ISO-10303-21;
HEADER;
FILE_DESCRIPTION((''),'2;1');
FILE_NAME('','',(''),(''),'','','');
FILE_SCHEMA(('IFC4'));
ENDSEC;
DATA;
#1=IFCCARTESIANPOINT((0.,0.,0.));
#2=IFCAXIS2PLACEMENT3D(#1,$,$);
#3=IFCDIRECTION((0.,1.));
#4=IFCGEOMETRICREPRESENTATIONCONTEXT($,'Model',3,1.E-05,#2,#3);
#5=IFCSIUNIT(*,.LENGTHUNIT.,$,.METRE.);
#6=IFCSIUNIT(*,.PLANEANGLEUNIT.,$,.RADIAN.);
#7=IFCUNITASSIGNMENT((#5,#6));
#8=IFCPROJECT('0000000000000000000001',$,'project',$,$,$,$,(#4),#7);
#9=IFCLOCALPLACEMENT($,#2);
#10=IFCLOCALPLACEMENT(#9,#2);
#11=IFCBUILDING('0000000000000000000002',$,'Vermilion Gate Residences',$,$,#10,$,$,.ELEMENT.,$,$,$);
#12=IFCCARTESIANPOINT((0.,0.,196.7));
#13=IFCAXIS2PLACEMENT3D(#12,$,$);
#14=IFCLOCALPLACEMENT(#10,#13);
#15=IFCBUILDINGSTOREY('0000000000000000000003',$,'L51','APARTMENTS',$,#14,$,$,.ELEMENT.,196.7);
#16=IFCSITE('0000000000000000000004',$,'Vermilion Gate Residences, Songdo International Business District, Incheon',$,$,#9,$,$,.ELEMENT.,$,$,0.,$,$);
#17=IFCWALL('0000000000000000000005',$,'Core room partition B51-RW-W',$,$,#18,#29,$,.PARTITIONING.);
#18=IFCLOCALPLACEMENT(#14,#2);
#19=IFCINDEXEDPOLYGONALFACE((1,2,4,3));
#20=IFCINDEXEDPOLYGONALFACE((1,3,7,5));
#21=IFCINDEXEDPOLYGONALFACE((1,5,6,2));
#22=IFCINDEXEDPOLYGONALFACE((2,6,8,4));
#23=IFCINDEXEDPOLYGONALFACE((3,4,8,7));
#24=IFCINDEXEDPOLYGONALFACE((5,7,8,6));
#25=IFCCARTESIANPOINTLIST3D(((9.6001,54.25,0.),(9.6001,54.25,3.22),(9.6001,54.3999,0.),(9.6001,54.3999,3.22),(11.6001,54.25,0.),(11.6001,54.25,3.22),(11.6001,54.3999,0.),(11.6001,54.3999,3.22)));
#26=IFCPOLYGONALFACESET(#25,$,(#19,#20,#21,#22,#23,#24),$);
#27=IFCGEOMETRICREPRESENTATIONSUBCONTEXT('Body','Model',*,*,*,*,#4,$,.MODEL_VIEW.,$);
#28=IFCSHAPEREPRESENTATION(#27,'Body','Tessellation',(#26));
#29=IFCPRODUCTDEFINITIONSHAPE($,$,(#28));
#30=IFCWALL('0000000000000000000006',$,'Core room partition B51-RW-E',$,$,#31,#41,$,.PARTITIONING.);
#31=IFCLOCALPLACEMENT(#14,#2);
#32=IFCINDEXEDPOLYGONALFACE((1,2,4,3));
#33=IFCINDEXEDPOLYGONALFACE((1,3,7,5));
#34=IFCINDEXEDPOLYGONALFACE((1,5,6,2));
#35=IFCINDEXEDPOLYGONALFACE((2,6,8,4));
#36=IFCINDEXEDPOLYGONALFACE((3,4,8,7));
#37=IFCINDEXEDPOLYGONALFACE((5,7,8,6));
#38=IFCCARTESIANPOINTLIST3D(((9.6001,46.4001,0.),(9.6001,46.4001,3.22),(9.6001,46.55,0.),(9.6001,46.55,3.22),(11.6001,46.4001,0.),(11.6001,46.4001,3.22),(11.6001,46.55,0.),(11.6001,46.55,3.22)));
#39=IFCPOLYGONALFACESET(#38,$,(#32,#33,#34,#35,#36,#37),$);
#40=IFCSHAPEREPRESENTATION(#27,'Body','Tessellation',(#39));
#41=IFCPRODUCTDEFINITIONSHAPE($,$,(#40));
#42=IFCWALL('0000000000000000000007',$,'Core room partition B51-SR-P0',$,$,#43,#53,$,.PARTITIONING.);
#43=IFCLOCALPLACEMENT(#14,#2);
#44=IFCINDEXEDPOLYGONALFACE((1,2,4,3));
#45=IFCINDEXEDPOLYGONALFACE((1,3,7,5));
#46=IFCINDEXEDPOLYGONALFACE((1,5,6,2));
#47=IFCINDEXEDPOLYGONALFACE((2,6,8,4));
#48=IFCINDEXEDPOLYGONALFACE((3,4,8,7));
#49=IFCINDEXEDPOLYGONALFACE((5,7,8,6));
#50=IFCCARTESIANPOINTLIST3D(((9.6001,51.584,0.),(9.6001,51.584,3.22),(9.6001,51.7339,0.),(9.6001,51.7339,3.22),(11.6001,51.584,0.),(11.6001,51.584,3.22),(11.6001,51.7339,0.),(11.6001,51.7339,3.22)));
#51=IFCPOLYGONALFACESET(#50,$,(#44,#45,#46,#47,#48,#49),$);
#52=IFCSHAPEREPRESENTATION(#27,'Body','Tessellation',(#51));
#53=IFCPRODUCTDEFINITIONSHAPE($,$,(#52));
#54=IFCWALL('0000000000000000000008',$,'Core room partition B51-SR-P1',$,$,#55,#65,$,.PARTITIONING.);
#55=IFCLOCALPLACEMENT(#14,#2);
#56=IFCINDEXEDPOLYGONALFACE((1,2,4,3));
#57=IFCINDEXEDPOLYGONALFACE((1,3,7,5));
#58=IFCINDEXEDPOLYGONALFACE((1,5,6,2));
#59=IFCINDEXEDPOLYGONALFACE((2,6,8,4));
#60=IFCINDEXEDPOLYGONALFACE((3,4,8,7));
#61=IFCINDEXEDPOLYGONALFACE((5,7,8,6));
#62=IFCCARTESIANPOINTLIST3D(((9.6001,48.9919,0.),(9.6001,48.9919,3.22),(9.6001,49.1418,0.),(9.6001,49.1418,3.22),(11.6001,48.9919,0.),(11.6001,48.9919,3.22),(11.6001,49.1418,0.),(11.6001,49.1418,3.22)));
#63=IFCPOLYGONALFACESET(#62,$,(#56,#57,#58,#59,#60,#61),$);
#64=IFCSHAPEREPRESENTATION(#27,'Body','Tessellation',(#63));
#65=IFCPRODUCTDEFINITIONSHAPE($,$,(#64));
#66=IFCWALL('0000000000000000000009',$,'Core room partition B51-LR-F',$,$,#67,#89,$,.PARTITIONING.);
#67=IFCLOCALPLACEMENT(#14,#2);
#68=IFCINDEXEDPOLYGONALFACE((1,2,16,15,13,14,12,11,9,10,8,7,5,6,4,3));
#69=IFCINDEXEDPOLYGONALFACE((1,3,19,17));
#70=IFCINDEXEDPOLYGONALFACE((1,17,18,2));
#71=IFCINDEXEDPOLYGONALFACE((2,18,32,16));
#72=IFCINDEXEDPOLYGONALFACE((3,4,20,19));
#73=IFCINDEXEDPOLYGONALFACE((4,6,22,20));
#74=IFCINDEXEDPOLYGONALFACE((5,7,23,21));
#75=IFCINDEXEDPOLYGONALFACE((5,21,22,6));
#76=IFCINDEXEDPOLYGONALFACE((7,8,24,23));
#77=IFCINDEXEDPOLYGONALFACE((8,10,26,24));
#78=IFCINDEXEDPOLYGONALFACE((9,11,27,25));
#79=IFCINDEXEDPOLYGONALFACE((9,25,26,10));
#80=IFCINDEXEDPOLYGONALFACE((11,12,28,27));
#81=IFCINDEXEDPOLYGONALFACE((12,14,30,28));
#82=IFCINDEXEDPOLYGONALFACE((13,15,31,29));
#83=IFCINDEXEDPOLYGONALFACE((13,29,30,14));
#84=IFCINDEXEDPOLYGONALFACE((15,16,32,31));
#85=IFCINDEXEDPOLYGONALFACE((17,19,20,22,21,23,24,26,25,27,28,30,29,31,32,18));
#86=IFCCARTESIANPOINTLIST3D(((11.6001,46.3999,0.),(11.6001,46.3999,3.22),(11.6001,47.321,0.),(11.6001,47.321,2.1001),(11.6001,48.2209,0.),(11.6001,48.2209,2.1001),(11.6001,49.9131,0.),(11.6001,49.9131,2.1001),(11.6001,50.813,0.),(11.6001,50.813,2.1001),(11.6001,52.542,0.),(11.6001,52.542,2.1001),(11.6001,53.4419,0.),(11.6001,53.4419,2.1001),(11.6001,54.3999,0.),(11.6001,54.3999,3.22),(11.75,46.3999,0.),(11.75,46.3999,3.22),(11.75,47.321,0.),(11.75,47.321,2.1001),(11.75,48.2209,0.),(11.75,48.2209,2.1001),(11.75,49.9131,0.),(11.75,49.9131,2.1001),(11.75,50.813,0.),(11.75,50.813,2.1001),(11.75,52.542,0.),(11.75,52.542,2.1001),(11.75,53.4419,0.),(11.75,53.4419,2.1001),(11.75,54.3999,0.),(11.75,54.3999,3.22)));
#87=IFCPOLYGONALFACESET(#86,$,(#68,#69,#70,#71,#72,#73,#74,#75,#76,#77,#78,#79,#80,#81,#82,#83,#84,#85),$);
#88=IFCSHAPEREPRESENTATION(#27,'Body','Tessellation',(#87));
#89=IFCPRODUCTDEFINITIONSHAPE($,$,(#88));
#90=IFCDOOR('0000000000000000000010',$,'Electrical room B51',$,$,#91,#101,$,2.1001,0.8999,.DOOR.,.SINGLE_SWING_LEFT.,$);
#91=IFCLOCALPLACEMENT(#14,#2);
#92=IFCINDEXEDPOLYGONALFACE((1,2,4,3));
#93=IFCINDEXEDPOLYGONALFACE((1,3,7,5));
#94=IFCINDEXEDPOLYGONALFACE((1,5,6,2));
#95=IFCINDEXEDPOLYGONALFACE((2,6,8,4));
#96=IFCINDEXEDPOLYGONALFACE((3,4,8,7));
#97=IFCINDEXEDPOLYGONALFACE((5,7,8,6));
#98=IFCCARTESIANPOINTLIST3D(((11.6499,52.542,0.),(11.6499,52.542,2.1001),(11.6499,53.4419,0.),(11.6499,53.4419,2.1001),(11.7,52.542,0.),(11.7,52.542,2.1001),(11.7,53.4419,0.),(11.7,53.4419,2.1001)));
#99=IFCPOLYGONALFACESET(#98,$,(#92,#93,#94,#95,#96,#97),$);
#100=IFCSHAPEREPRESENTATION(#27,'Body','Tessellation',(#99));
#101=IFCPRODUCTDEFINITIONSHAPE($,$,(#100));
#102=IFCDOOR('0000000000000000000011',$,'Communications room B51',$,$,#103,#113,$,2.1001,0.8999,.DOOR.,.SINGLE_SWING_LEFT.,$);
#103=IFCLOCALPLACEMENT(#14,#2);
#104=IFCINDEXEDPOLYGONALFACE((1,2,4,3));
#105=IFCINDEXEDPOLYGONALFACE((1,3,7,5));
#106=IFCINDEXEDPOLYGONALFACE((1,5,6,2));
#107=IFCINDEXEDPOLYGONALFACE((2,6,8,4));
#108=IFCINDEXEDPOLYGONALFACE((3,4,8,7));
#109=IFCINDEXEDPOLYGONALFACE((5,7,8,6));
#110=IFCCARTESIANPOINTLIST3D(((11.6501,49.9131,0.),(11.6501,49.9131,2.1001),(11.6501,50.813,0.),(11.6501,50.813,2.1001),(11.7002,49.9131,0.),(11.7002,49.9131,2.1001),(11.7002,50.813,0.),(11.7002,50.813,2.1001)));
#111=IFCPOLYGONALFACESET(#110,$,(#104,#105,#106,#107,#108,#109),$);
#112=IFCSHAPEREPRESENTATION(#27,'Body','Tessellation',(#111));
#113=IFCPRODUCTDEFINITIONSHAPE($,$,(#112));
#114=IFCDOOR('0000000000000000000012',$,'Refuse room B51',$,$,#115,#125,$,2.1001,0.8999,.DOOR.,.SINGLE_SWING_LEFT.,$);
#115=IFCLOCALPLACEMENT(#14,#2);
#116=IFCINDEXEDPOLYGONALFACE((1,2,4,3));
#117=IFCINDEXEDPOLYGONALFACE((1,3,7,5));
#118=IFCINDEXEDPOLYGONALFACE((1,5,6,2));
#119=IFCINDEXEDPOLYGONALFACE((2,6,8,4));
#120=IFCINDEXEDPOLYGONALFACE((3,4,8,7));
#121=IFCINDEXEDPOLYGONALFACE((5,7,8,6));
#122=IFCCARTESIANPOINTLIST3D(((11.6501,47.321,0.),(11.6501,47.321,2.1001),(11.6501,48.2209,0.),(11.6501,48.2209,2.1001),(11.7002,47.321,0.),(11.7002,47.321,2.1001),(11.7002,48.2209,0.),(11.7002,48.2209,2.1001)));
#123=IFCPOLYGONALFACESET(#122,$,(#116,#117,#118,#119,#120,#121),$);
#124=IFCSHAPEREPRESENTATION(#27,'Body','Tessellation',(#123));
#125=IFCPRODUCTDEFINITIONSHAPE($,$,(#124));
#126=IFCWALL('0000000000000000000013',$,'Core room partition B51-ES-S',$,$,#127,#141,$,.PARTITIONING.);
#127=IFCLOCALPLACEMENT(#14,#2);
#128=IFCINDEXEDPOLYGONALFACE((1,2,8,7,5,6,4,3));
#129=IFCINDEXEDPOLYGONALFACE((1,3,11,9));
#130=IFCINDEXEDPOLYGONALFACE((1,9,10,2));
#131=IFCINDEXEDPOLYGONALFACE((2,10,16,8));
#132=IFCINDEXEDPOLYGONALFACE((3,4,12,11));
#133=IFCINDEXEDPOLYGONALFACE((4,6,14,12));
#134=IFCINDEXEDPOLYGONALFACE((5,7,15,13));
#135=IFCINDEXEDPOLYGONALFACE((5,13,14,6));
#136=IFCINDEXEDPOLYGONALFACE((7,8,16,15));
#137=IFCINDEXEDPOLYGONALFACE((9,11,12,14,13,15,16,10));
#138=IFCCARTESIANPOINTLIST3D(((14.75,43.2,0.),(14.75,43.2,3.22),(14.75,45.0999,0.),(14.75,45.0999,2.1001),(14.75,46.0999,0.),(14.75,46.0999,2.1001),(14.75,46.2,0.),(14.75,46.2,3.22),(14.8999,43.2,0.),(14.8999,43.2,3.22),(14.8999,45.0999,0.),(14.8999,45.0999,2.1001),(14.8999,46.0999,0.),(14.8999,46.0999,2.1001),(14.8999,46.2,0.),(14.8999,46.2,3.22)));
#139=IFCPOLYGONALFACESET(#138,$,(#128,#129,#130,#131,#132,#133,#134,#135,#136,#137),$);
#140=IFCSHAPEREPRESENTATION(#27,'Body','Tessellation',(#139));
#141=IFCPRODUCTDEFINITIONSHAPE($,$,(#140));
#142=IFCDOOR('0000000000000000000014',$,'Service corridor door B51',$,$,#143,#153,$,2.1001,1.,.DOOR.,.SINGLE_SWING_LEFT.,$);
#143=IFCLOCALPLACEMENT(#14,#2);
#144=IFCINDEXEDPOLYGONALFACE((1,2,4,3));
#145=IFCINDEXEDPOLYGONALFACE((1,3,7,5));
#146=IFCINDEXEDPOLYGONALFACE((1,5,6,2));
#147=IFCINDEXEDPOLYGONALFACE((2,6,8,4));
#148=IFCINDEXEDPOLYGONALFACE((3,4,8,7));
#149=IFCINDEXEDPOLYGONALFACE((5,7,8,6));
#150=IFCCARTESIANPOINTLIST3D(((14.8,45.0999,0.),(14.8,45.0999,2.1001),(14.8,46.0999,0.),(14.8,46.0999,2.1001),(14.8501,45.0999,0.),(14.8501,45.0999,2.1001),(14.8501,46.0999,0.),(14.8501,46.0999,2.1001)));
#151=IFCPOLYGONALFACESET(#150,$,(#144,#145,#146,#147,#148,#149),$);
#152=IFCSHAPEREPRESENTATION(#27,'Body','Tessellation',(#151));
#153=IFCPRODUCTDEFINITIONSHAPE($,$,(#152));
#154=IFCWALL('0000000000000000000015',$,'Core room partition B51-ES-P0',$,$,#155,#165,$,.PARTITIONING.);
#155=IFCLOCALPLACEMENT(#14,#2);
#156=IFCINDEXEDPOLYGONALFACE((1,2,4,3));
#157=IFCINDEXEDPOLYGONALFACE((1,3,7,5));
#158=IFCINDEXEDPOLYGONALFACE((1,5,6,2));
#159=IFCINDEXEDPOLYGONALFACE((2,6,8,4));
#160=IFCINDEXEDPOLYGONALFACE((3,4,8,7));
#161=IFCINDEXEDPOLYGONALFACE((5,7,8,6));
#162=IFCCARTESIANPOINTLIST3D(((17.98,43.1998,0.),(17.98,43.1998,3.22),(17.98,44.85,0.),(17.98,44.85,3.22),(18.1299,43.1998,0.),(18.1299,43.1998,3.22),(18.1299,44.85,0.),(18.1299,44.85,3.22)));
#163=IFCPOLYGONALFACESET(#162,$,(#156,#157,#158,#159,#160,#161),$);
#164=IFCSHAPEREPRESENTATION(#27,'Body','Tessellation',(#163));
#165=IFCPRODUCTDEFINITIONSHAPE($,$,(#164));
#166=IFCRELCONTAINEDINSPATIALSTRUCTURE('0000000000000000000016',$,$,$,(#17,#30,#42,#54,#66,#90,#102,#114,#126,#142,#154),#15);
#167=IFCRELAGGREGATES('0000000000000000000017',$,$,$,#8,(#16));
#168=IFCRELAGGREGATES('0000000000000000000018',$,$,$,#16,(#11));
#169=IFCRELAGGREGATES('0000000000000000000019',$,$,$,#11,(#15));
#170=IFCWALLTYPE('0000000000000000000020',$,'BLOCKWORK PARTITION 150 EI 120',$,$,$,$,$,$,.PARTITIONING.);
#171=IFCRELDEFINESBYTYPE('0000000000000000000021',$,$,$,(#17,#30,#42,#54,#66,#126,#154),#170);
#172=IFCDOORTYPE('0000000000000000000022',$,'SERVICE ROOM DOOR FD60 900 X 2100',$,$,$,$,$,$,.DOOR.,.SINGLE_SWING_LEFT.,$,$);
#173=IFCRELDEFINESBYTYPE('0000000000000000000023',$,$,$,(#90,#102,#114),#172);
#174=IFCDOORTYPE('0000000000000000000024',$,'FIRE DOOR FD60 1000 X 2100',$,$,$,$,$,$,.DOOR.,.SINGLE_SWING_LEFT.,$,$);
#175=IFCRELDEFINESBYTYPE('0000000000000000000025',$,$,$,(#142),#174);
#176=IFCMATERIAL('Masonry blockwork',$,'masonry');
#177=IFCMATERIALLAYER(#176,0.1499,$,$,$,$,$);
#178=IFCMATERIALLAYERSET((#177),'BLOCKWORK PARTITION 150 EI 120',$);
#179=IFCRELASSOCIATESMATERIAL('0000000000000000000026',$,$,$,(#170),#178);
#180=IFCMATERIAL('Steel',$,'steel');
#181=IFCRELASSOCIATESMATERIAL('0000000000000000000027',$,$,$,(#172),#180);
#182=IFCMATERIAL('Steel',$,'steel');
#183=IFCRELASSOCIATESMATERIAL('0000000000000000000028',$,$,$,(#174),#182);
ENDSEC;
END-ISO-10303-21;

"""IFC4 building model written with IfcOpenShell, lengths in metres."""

from ifc_helpers import new_model, si_unit, direction, frame, frame_2d, origin, place, context, subcontext, project, spatial, rectangle, extrude, material, layer, layer_set, type_object, element, fill, save


model = new_model("IFC4")

# Units and contexts
model_context = context("Model", 3, precision=1e-05, world=origin(), true_north=direction((0.0, 1.0)))
body_context = subcontext(model_context, "Body", "Model", "MODEL_VIEW")
ifc_project = project(units=[si_unit("LENGTHUNIT", "METRE"), si_unit("PLANEANGLEUNIT", "RADIAN")], contexts=[model_context])

# Site, building, storey
site_placement = place(None, origin())
site = spatial("IfcSite", under=ifc_project, at=site_placement, Name="Vermilion Gate Residences, Songdo International Business District, Incheon", CompositionType="ELEMENT", RefElevation=0.0)
building_placement = place(site_placement, origin())
building = spatial("IfcBuilding", under=site, at=building_placement, Name="Vermilion Gate Residences", CompositionType="ELEMENT")
storey_placement = place(building_placement, frame((0.0, 0.0, 196.7)))
storey = spatial("IfcBuildingStorey", under=building, at=storey_placement, Name="L51", Description="APARTMENTS", CompositionType="ELEMENT", Elevation=196.7)

# Walls
ifc_material_1 = material(Name="Masonry blockwork", Category="masonry")
ifc_layer_1 = layer(ifc_material_1, 0.1499)
ifc_layer_set_1 = layer_set([ifc_layer_1], Name="BLOCKWORK PARTITION 150 EI 120")
wall_type_1 = type_object("IfcWallType", Name="BLOCKWORK PARTITION 150 EI 120", PredefinedType="PARTITIONING", material=ifc_layer_set_1)
for number, where, z_axis, x_axis, name in (
    (1, (9.6001, 54.325, 0.0), (0.0, 0.0, 1.0), (1.0, 0.0, 0.0), "Core room partition B51-RW-W"),
    (2, (9.6001, 46.4751, 0.0), (0.0, 0.0, 1.0), (1.0, 0.0, 0.0), "Core room partition B51-RW-E"),
    (3, (9.6001, 51.6589, 0.0), (0.0, 0.0, 1.0), (1.0, 0.0, 0.0), "Core room partition B51-SR-P0"),
    (4, (9.6001, 49.0669, 0.0), (0.0, 0.0, 1.0), (1.0, 0.0, 0.0), "Core room partition B51-SR-P1"),
):
    element("IfcWall", number, at=place(storey_placement, frame(where, z_axis=z_axis, x_axis=x_axis)), inside=storey, type_object=wall_type_1, Name=name, PredefinedType="PARTITIONING", context=body_context, shape_type="SweptSolid", body=[
        extrude(rectangle(XDim=2.0, YDim=0.1499, at=frame_2d((1.0, 0.0))), origin(), (0.0, 0.0, 1.0), 3.22),
    ])

# Wall, openings, doors
wall_1_placement = place(storey_placement, frame((11.675, 54.3999, 0.0), z_axis=(0.0, 0.0, 1.0), x_axis=(0.0, -1.0, 0.0)))
wall_1 = element("IfcWall", 5, at=wall_1_placement, inside=storey, type_object=wall_type_1, Name="Core room partition B51-LR-F", PredefinedType="PARTITIONING", context=body_context, shape_type="SweptSolid", body=[
    extrude(rectangle(XDim=8.0, YDim=0.1499, at=frame_2d((4.0, 0.0))), origin(), (0.0, 0.0, 1.0), 3.22),
])
opening_1_placement = place(wall_1_placement, frame((0.958, 0.0, 0.0)))
opening_1 = element("IfcOpeningElement", 6, at=opening_1_placement, cuts=wall_1, PredefinedType="OPENING", context=body_context, shape_type="SweptSolid", body=[
    extrude(rectangle(XDim=0.8999, YDim=2.1001, at=frame_2d((0.45, 1.05))), frame((0.0, 0.085, 0.0), z_axis=(0.0, -1.0, 0.0), x_axis=(1.0, 0.0, 0.0)), (0.0, 0.0, 1.0), 0.1699),
])
opening_2_placement = place(wall_1_placement, frame((3.5869, 0.0, 0.0)))
opening_2 = element("IfcOpeningElement", 7, at=opening_2_placement, cuts=wall_1, PredefinedType="OPENING", context=body_context, shape_type="SweptSolid", body=[
    extrude(rectangle(XDim=0.8999, YDim=2.1001, at=frame_2d((0.45, 1.05))), frame((0.0, 0.085, 0.0), z_axis=(0.0, -1.0, 0.0), x_axis=(1.0, 0.0, 0.0)), (0.0, 0.0, 1.0), 0.1699),
])
opening_3_placement = place(wall_1_placement, frame((6.179, 0.0, 0.0)))
opening_3 = element("IfcOpeningElement", 8, at=opening_3_placement, cuts=wall_1, PredefinedType="OPENING", context=body_context, shape_type="SweptSolid", body=[
    extrude(rectangle(XDim=0.8999, YDim=2.1001, at=frame_2d((0.45, 1.05))), frame((0.0, 0.085, 0.0), z_axis=(0.0, -1.0, 0.0), x_axis=(1.0, 0.0, 0.0)), (0.0, 0.0, 1.0), 0.1699),
])
ifc_material_2 = material(Name="Steel", Category="steel")
door_type_1 = type_object("IfcDoorType", Name="SERVICE ROOM DOOR FD60 900 X 2100", OperationType="SINGLE_SWING_LEFT", PredefinedType="DOOR", material=ifc_material_2)
door_1_placement = place(opening_1_placement, origin())
door_1 = element("IfcDoor", 9, at=door_1_placement, inside=storey, type_object=door_type_1, Name="Electrical room B51", OperationType="SINGLE_SWING_LEFT", OverallHeight=2.1001, OverallWidth=0.8999, PredefinedType="DOOR", context=body_context, shape_type="SweptSolid", body=[
    extrude(rectangle(XDim=0.8999, YDim=2.1001, at=frame_2d((0.45, 1.05))), frame((0.0, 0.0249, 0.0), z_axis=(0.0, -1.0, 0.0), x_axis=(1.0, 0.0, 0.0)), (0.0, 0.0, 1.0), 0.05),
])
fill(opening_1, door_1)
door_2_placement = place(opening_2_placement, frame((0.8999, 0.0, 0.0), z_axis=(0.0, 0.0, 1.0), x_axis=(-1.0, 0.0, 0.0)))
door_2 = element("IfcDoor", 10, at=door_2_placement, inside=storey, type_object=door_type_1, Name="Communications room B51", OperationType="SINGLE_SWING_LEFT", OverallHeight=2.1001, OverallWidth=0.8999, PredefinedType="DOOR", context=body_context, shape_type="SweptSolid", body=[
    extrude(rectangle(XDim=0.8999, YDim=2.1001, at=frame_2d((0.45, 1.05))), frame((0.0, 0.0249, 0.0), z_axis=(0.0, -1.0, 0.0), x_axis=(1.0, 0.0, 0.0)), (0.0, 0.0, 1.0), 0.05),
])
fill(opening_2, door_2)
door_3_placement = place(opening_3_placement, frame((0.8999, 0.0, 0.0), z_axis=(0.0, 0.0, 1.0), x_axis=(-1.0, 0.0, 0.0)))
door_3 = element("IfcDoor", 11, at=door_3_placement, inside=storey, type_object=door_type_1, Name="Refuse room B51", OperationType="SINGLE_SWING_LEFT", OverallHeight=2.1001, OverallWidth=0.8999, PredefinedType="DOOR", context=body_context, shape_type="SweptSolid", body=[
    extrude(rectangle(XDim=0.8999, YDim=2.1001, at=frame_2d((0.45, 1.05))), frame((0.0, 0.0249, 0.0), z_axis=(0.0, -1.0, 0.0), x_axis=(1.0, 0.0, 0.0)), (0.0, 0.0, 1.0), 0.05),
])
fill(opening_3, door_3)

# Wall, opening, door
wall_2_placement = place(storey_placement, frame((14.825, 46.2, 0.0), z_axis=(0.0, 0.0, 1.0), x_axis=(0.0, -1.0, 0.0)))
wall_2 = element("IfcWall", 12, at=wall_2_placement, inside=storey, type_object=wall_type_1, Name="Core room partition B51-ES-S", PredefinedType="PARTITIONING", context=body_context, shape_type="SweptSolid", body=[
    extrude(rectangle(XDim=3.0, YDim=0.1499, at=frame_2d((1.5, 0.0))), origin(), (0.0, 0.0, 1.0), 3.22),
])
opening_4_placement = place(wall_2_placement, frame((0.1001, 0.0, 0.0)))
opening_4 = element("IfcOpeningElement", 13, at=opening_4_placement, cuts=wall_2, PredefinedType="OPENING", context=body_context, shape_type="SweptSolid", body=[
    extrude(rectangle(XDim=1.0, YDim=2.1001, at=frame_2d((0.5, 1.05))), frame((0.0, 0.085, 0.0), z_axis=(0.0, -1.0, 0.0), x_axis=(1.0, 0.0, 0.0)), (0.0, 0.0, 1.0), 0.1699),
])
ifc_material_3 = material(Name="Steel", Category="steel")
door_type_2 = type_object("IfcDoorType", Name="FIRE DOOR FD60 1000 X 2100", OperationType="SINGLE_SWING_LEFT", PredefinedType="DOOR", material=ifc_material_3)
door_4_placement = place(opening_4_placement, frame((1.0, 0.0, 0.0), z_axis=(0.0, 0.0, 1.0), x_axis=(-1.0, 0.0, 0.0)))
door_4 = element("IfcDoor", 14, at=door_4_placement, inside=storey, type_object=door_type_2, Name="Service corridor door B51", OperationType="SINGLE_SWING_LEFT", OverallHeight=2.1001, OverallWidth=1.0, PredefinedType="DOOR", context=body_context, shape_type="SweptSolid", body=[
    extrude(rectangle(XDim=1.0, YDim=2.1001, at=frame_2d((0.5, 1.05))), frame((0.0, 0.0249, 0.0), z_axis=(0.0, -1.0, 0.0), x_axis=(1.0, 0.0, 0.0)), (0.0, 0.0, 1.0), 0.05),
])
fill(opening_4, door_4)

# Wall
wall_3_placement = place(storey_placement, frame((18.0549, 44.8501, 0.0), z_axis=(0.0, 0.0, 1.0), x_axis=(0.0, -1.0, 0.0)))
element("IfcWall", 15, at=wall_3_placement, inside=storey, type_object=wall_type_1, Name="Core room partition B51-ES-P0", PredefinedType="PARTITIONING", context=body_context, shape_type="SweptSolid", body=[
    extrude(rectangle(XDim=1.6501, YDim=0.1499, at=frame_2d((0.8252, 0.0))), origin(), (0.0, 0.0, 1.0), 3.22),
])

save(model, "model.ifc")
